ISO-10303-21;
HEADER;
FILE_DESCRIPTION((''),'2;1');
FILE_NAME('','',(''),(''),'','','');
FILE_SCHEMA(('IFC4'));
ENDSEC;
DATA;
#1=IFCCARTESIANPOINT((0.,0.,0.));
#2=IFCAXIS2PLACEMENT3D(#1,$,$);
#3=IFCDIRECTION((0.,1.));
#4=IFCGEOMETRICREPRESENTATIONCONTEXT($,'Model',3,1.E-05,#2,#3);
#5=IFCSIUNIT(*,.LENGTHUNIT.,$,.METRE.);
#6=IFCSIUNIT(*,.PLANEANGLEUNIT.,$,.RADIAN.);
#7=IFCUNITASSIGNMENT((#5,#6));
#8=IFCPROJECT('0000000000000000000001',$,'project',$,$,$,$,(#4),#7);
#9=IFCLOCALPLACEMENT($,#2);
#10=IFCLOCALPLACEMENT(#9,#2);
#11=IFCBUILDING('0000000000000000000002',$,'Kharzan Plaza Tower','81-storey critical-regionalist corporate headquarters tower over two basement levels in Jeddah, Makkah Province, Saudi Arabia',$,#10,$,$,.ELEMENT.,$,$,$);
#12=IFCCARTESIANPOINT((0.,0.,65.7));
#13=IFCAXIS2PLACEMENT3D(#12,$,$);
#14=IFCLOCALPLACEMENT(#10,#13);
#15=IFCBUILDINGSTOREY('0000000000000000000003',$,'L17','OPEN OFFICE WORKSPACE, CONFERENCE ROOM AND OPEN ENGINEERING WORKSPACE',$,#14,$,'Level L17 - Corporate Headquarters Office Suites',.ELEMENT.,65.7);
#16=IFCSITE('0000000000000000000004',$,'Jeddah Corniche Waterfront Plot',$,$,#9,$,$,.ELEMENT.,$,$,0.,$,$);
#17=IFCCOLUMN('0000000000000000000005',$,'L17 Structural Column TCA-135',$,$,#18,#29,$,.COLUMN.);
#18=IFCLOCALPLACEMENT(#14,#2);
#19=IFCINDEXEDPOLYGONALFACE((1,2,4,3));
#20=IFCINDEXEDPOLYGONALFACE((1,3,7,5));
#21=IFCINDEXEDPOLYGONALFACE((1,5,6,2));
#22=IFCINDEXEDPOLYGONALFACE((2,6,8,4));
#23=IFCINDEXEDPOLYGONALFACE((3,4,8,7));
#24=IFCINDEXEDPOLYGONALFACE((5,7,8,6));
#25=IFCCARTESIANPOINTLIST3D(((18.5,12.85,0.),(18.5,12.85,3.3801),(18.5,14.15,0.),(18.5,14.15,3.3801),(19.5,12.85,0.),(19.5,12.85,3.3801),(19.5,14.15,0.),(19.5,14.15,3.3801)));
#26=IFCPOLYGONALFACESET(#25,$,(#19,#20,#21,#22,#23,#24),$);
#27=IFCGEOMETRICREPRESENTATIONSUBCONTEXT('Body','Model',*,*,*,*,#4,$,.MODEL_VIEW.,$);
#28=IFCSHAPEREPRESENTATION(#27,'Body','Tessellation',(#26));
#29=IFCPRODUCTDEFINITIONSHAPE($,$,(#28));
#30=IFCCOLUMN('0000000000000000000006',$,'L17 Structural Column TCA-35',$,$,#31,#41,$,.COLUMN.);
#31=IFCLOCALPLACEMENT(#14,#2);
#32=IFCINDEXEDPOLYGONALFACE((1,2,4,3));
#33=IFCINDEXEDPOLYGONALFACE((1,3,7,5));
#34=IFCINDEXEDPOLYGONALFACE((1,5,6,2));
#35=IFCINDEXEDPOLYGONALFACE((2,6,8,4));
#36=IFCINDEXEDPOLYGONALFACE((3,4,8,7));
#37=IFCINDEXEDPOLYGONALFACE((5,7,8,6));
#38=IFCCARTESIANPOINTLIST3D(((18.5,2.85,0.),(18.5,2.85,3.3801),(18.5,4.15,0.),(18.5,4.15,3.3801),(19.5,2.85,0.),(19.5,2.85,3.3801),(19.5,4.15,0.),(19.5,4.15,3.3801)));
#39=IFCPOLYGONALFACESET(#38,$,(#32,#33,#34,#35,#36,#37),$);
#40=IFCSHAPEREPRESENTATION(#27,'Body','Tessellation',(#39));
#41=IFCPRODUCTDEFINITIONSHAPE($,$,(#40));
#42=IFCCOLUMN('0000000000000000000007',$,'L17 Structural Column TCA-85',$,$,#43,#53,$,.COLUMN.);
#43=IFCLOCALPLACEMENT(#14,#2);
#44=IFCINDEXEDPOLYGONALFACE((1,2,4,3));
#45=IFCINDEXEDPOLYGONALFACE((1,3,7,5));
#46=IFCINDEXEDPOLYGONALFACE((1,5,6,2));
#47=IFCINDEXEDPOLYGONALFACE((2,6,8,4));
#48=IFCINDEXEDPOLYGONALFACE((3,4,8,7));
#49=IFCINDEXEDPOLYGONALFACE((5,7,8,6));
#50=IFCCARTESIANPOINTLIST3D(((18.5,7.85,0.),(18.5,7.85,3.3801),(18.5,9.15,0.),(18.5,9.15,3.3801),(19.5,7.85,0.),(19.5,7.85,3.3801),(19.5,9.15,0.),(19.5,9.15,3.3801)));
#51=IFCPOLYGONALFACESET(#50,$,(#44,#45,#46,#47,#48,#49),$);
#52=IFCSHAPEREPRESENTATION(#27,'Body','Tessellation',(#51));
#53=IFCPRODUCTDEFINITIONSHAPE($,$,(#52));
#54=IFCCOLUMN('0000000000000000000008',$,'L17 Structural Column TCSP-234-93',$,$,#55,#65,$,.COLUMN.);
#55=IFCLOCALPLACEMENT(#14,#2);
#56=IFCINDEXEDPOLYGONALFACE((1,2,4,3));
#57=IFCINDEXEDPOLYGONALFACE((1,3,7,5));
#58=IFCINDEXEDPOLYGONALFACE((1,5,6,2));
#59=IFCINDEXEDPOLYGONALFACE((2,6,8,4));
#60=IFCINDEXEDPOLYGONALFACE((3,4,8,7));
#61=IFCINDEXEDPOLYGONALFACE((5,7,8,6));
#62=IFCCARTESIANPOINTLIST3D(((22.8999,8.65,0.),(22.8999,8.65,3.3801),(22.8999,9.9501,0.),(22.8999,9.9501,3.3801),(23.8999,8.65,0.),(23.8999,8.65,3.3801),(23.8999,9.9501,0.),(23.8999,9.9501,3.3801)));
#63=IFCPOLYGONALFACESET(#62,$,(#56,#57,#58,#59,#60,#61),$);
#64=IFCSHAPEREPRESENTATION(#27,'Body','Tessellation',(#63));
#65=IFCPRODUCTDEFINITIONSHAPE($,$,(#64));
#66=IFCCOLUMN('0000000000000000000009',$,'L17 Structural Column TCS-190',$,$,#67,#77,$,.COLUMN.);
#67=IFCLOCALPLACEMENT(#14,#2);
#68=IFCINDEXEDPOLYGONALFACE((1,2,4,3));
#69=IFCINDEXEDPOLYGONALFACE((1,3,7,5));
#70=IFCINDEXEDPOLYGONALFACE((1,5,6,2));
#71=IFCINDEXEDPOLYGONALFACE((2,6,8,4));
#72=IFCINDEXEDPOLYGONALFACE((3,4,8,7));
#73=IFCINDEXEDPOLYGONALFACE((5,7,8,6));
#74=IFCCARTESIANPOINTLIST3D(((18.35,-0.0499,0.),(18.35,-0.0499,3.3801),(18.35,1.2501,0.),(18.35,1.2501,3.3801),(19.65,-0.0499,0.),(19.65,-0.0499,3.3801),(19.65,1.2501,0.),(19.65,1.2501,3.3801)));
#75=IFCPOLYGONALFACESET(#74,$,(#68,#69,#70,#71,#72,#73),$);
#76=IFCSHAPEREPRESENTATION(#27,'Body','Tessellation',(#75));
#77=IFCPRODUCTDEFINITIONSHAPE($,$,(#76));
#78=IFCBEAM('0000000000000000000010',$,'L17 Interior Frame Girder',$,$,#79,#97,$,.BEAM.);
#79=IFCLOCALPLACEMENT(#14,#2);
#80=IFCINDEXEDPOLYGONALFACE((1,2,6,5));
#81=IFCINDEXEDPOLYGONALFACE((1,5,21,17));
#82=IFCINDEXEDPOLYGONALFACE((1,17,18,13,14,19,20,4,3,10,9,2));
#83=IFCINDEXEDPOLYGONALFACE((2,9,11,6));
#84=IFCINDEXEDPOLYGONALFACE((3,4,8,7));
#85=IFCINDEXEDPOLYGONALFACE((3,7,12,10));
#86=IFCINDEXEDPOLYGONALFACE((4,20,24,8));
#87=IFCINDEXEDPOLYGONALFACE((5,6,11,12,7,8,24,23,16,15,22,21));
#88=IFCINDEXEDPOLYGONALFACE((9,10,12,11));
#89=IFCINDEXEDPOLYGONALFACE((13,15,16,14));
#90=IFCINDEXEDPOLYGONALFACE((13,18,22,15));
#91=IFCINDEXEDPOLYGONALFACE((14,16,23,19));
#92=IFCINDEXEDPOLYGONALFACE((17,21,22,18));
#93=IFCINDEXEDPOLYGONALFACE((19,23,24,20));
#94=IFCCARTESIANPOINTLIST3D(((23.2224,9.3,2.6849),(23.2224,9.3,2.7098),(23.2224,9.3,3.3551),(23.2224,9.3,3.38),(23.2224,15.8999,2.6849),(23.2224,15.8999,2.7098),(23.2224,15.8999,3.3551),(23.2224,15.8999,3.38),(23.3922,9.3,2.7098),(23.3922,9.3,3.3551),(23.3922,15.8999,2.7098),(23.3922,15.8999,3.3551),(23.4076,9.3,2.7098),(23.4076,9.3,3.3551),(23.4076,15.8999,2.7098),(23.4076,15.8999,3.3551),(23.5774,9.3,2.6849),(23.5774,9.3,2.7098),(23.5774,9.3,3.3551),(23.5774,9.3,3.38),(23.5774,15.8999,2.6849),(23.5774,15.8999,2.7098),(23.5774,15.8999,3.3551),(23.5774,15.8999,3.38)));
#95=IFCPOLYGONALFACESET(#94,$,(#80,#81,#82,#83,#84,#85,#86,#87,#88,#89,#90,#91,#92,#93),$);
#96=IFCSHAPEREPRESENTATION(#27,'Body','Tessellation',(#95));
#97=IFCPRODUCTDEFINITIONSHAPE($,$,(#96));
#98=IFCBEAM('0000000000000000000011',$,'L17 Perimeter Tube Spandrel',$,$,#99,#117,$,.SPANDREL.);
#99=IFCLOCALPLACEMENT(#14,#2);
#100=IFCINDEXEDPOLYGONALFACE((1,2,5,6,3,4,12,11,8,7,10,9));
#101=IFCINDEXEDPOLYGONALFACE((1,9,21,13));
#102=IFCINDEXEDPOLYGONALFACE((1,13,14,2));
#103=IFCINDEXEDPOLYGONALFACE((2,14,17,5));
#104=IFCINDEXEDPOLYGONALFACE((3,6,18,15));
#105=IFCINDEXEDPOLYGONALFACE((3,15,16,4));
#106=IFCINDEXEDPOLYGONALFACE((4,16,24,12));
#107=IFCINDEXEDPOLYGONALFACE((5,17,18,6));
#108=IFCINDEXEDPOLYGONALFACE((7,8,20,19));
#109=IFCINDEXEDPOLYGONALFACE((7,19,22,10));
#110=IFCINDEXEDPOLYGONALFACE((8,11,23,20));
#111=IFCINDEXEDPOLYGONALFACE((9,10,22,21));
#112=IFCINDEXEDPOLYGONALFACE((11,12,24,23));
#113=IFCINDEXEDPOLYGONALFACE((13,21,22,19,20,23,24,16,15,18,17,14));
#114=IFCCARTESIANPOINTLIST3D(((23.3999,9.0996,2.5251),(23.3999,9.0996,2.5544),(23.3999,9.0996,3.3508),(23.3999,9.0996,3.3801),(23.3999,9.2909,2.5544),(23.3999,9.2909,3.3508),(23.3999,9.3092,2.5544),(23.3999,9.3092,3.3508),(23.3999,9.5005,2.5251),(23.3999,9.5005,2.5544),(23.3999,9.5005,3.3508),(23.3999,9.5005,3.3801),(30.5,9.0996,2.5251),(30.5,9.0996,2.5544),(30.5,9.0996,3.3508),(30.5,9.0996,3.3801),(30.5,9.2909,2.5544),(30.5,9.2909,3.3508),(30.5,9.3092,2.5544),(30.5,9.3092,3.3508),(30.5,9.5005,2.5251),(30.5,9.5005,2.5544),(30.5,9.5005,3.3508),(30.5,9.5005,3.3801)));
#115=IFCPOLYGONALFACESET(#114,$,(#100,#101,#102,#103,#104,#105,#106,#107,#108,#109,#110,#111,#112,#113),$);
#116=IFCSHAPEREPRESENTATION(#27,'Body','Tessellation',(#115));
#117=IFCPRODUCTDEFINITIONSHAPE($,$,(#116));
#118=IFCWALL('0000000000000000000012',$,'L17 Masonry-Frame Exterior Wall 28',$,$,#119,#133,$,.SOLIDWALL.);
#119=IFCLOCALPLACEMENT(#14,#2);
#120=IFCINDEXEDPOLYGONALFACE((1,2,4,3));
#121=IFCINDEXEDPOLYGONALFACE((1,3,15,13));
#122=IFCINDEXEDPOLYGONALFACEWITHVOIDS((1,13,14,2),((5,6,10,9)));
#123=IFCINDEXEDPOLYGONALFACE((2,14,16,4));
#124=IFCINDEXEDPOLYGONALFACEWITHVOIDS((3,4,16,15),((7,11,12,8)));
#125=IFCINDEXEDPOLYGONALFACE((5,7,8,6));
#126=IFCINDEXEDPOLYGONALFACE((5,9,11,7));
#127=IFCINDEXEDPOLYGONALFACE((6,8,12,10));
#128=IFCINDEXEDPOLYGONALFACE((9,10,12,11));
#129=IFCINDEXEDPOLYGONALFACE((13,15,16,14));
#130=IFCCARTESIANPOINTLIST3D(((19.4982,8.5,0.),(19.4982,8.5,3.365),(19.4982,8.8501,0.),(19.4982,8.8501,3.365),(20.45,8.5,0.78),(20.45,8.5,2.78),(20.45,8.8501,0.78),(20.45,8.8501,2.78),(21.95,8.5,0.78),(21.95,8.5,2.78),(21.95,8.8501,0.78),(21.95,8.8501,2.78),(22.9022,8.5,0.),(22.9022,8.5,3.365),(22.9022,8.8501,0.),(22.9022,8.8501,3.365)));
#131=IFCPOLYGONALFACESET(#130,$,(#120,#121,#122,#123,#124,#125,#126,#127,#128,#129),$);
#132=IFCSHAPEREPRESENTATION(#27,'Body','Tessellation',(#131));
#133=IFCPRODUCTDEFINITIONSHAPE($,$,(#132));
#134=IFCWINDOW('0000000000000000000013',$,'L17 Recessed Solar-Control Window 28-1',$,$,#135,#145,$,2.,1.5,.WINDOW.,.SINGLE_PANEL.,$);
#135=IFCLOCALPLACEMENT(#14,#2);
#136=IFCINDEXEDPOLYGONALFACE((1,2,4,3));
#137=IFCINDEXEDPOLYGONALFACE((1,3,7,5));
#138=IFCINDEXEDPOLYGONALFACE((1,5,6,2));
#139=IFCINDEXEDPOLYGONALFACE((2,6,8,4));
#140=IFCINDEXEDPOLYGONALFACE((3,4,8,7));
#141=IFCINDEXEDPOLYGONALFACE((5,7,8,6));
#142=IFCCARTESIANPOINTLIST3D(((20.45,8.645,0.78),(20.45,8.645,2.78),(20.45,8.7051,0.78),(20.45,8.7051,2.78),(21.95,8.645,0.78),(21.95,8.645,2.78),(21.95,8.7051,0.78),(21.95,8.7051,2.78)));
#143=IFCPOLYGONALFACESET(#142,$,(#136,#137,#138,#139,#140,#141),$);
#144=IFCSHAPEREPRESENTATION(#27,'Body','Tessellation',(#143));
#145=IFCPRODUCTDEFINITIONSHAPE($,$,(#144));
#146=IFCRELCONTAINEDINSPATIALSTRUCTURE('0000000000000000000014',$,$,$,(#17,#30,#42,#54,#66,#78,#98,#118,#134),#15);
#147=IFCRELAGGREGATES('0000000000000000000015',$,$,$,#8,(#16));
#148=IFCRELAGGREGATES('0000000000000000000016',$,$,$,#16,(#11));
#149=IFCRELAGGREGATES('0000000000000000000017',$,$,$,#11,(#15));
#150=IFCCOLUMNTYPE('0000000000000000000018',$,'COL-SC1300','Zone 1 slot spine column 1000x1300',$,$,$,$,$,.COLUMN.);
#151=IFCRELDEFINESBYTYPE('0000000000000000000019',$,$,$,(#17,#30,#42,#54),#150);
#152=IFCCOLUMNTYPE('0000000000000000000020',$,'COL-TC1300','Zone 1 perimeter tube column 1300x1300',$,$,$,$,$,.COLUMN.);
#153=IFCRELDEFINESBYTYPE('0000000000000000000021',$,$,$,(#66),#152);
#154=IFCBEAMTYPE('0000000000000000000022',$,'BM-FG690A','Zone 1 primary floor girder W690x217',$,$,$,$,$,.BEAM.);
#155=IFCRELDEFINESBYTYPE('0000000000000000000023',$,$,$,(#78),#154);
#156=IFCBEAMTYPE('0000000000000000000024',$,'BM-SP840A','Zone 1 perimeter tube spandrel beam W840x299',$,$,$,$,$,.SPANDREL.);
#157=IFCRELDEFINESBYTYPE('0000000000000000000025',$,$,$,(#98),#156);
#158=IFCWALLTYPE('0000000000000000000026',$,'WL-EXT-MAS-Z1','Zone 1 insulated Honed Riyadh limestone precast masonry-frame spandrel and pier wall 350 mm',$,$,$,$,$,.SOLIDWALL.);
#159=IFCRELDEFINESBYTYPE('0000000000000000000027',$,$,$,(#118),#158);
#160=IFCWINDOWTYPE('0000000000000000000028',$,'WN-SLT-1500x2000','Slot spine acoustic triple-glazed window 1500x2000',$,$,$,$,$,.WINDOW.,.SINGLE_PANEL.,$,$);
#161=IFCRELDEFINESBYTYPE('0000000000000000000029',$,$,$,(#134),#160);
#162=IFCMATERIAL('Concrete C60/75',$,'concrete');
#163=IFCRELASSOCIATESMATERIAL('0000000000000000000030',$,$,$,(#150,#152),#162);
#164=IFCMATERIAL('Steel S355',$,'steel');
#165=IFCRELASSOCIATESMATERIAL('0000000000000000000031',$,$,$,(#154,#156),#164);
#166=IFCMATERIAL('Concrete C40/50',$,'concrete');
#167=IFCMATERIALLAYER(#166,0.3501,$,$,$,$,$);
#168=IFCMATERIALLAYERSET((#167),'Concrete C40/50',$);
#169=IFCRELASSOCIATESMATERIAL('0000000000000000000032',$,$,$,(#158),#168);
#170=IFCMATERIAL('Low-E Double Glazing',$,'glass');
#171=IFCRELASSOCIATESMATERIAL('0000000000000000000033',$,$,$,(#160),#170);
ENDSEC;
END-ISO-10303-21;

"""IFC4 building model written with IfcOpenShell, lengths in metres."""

from ifc_helpers import new_model, si_unit, direction, frame, frame_2d, origin, origin_2d, place, context, subcontext, project, spatial, rectangle, i_section, extrude, source, transform, mapped, material, layer, layer_set, material_profile, profile_set, type_object, element, fill, save


model = new_model("IFC4")

# Units and contexts
model_context = context("Model", 3, precision=1e-05, world=origin(), true_north=direction((0.0, 1.0)))
body_context = subcontext(model_context, "Body", "Model", "MODEL_VIEW")
ifc_project = project(units=[si_unit("LENGTHUNIT", "METRE"), si_unit("PLANEANGLEUNIT", "RADIAN")], contexts=[model_context])

# Site, building, storey
site_placement = place(None, origin())
site = spatial("IfcSite", under=ifc_project, at=site_placement, Name="Jeddah Corniche Waterfront Plot", CompositionType="ELEMENT", RefElevation=0.0)
building_placement = place(site_placement, origin())
building = spatial("IfcBuilding", under=site, at=building_placement, Name="Kharzan Plaza Tower", Description="81-storey critical-regionalist corporate headquarters tower over two basement levels in Jeddah, Makkah Province, Saudi Arabia", CompositionType="ELEMENT")
storey_placement = place(building_placement, frame((0.0, 0.0, 65.7)))
storey = spatial("IfcBuildingStorey", under=building, at=storey_placement, Name="L17", Description="OPEN OFFICE WORKSPACE, CONFERENCE ROOM AND OPEN ENGINEERING WORKSPACE", LongName="Level L17 - Corporate Headquarters Office Suites", CompositionType="ELEMENT", Elevation=65.7)

# Columns
ifc_material_1 = material(Name="Concrete C60/75", Category="concrete")
ifc_material_profile_1 = material_profile(ifc_material_1, rectangle(XDim=1.0, YDim=1.3, at=origin_2d()), Name="RC-SC1300x1000")
ifc_profile_set_1 = profile_set([ifc_material_profile_1], Name="Concrete C60/75")
column_type_1 = type_object("IfcColumnType", Name="COL-SC1300", Description="Zone 1 slot spine column 1000x1300", PredefinedType="COLUMN", material=ifc_profile_set_1)
shared_shape_1 = source(origin(), body_context, "Body", "SweptSolid", [
    extrude(rectangle(XDim=1.0, YDim=1.3, at=origin_2d()), origin(), (0.0, 0.0, 1.0), 3.3801),
])
for number, where, z_axis, x_axis, name in (
    (1, (19.0, 13.5, 0.0), (0.0, 0.0, 1.0), (1.0, 0.0, 0.0), "L17 Structural Column TCA-135"),
    (2, (19.0, 3.5, 0.0), (0.0, 0.0, 1.0), (1.0, 0.0, 0.0), "L17 Structural Column TCA-35"),
    (3, (19.0, 8.5, 0.0), (0.0, 0.0, 1.0), (1.0, 0.0, 0.0), "L17 Structural Column TCA-85"),
    (4, (23.3999, 9.3, 0.0), (0.0, 0.0, 1.0), (1.0, 0.0, 0.0), "L17 Structural Column TCSP-234-93"),
):
    element("IfcColumn", number, at=place(storey_placement, frame(where, z_axis=z_axis, x_axis=x_axis)), inside=storey, type_object=column_type_1, Name=name, PredefinedType="COLUMN", context=body_context, shape_type="MappedRepresentation", body=[
        mapped(shared_shape_1, transform((0.0, 0.0, 0.0), x_axis=(1.0, 0.0, 0.0), y_axis=(0.0, 1.0, 0.0), z_axis=(0.0, 0.0, 1.0))),
    ])
ifc_material_profile_2 = material_profile(ifc_material_1, rectangle(XDim=1.3, YDim=1.3, at=origin_2d()), Name="RC-TC1300x1300")
ifc_profile_set_2 = profile_set([ifc_material_profile_2], Name="Concrete C60/75")
column_type_2 = type_object("IfcColumnType", Name="COL-TC1300", Description="Zone 1 perimeter tube column 1300x1300", PredefinedType="COLUMN", material=ifc_profile_set_2)
shared_shape_2 = source(origin(), body_context, "Body", "SweptSolid", [
    extrude(rectangle(XDim=1.3, YDim=1.3, at=origin_2d()), origin(), (0.0, 0.0, 1.0), 3.3801),
])
column_placement = place(storey_placement, frame((19.0, 0.6001, 0.0), z_axis=(0.0, 0.0, 1.0), x_axis=(1.0, 0.0, 0.0)))
element("IfcColumn", 5, at=column_placement, inside=storey, type_object=column_type_2, Name="L17 Structural Column TCS-190", PredefinedType="COLUMN", context=body_context, shape_type="MappedRepresentation", body=[
    mapped(shared_shape_2, transform((0.0, 0.0, 0.0), x_axis=(1.0, 0.0, 0.0), y_axis=(0.0, 1.0, 0.0), z_axis=(0.0, 0.0, 1.0))),
])

# Beams
ifc_material_2 = material(Name="Steel S355", Category="steel")
ifc_material_profile_3 = material_profile(ifc_material_2, i_section(OverallWidth=0.355, OverallDepth=0.6951, WebThickness=0.0154, FlangeThickness=0.0249, at=origin_2d()), Name="W690x217")
ifc_profile_set_3 = profile_set([ifc_material_profile_3], Name="Steel S355")
beam_type_1 = type_object("IfcBeamType", Name="BM-FG690A", Description="Zone 1 primary floor girder W690x217", PredefinedType="BEAM", material=ifc_profile_set_3)
shared_shape_3 = source(origin(), body_context, "Body", "SweptSolid", [
    extrude(i_section(OverallWidth=0.355, OverallDepth=0.6951, WebThickness=0.0154, FlangeThickness=0.0249, at=origin_2d()), origin(), (0.0, 0.0, 1.0), 6.5999),
])
beam_1_placement = place(storey_placement, frame((23.3999, 9.3, 3.0325), z_axis=(0.0, 1.0, 0.0), x_axis=(-1.0, 0.0, 0.0)))
element("IfcBeam", 6, at=beam_1_placement, inside=storey, type_object=beam_type_1, Name="L17 Interior Frame Girder", PredefinedType="BEAM", context=body_context, shape_type="MappedRepresentation", body=[
    mapped(shared_shape_3, transform((0.0, 0.0, 0.0), x_axis=(1.0, 0.0, 0.0), y_axis=(0.0, 1.0, 0.0), z_axis=(0.0, 0.0, 1.0))),
])
ifc_material_profile_4 = material_profile(ifc_material_2, i_section(OverallWidth=0.4009, OverallDepth=0.855, WebThickness=0.0183, FlangeThickness=0.0293, at=origin_2d()), Name="W840x299")
ifc_profile_set_4 = profile_set([ifc_material_profile_4], Name="Steel S355")
beam_type_2 = type_object("IfcBeamType", Name="BM-SP840A", Description="Zone 1 perimeter tube spandrel beam W840x299", PredefinedType="SPANDREL", material=ifc_profile_set_4)
shared_shape_4 = source(origin(), body_context, "Body", "SweptSolid", [
    extrude(i_section(OverallWidth=0.4009, OverallDepth=0.855, WebThickness=0.0183, FlangeThickness=0.0293, at=origin_2d()), origin(), (0.0, 0.0, 1.0), 7.1001),
])
beam_2_placement = place(storey_placement, frame((23.3999, 9.3, 2.9526), z_axis=(1.0, 0.0, 0.0), x_axis=(0.0, 1.0, 0.0)))
element("IfcBeam", 7, at=beam_2_placement, inside=storey, type_object=beam_type_2, Name="L17 Perimeter Tube Spandrel", PredefinedType="SPANDREL", context=body_context, shape_type="MappedRepresentation", body=[
    mapped(shared_shape_4, transform((0.0, 0.0, 0.0), x_axis=(1.0, 0.0, 0.0), y_axis=(0.0, 1.0, 0.0), z_axis=(0.0, 0.0, 1.0))),
])

# Wall, opening, window
ifc_material_3 = material(Name="Concrete C40/50", Category="concrete")
ifc_layer_1 = layer(ifc_material_3, 0.3501)
ifc_layer_set_1 = layer_set([ifc_layer_1], Name="Concrete C40/50")
wall_type_1 = type_object("IfcWallType", Name="WL-EXT-MAS-Z1", Description="Zone 1 insulated Honed Riyadh limestone precast masonry-frame spandrel and pier wall 350 mm", PredefinedType="SOLIDWALL", material=ifc_layer_set_1)
wall_1_placement = place(storey_placement, frame((19.498, 8.675, 0.0), z_axis=(0.0, 0.0, 1.0), x_axis=(1.0, 0.0, 0.0)))
wall_1 = element("IfcWall", 8, at=wall_1_placement, inside=storey, type_object=wall_type_1, Name="L17 Masonry-Frame Exterior Wall 28", PredefinedType="SOLIDWALL", context=body_context, shape_type="SweptSolid", body=[
    extrude(rectangle(XDim=3.4041, YDim=0.3501, at=frame_2d((1.7021, 0.0))), origin(), (0.0, 0.0, 1.0), 3.365),
])
opening_1_placement = place(wall_1_placement, frame((0.9519, 0.0, 0.78)))
opening_1 = element("IfcOpeningElement", 9, at=opening_1_placement, cuts=wall_1, PredefinedType="OPENING", context=body_context, shape_type="SweptSolid", body=[
    extrude(rectangle(XDim=1.5, YDim=2.0, at=frame_2d((0.75, 1.0))), frame((0.0, 0.1851, 0.0), z_axis=(0.0, -1.0, 0.0), x_axis=(1.0, 0.0, 0.0)), (0.0, 0.0, 1.0), 0.3701),
])
ifc_material_4 = material(Name="Low-E Double Glazing", Category="glass")
window_type = type_object("IfcWindowType", Name="WN-SLT-1500x2000", Description="Slot spine acoustic triple-glazed window 1500x2000", PartitioningType="SINGLE_PANEL", PredefinedType="WINDOW", material=ifc_material_4)
shared_shape_5 = source(origin(), body_context, "Body", "SweptSolid", [
    extrude(rectangle(XDim=1.5, YDim=2.0, at=frame_2d((0.75, 1.0))), frame((0.0, 0.03, 0.0), z_axis=(0.0, -1.0, 0.0), x_axis=(1.0, 0.0, 0.0)), (0.0, 0.0, 1.0), 0.0601),
])
window_1_placement = place(opening_1_placement, origin())
window_1 = element("IfcWindow", 10, at=window_1_placement, inside=storey, type_object=window_type, Name="L17 Recessed Solar-Control Window 28-1", OverallHeight=2.0, OverallWidth=1.5, PartitioningType="SINGLE_PANEL", PredefinedType="WINDOW", context=body_context, shape_type="MappedRepresentation", body=[
    mapped(shared_shape_5, transform((0.0, 0.0, 0.0), x_axis=(1.0, 0.0, 0.0), y_axis=(0.0, 1.0, 0.0), z_axis=(0.0, 0.0, 1.0))),
])
fill(opening_1, window_1)

save(model, "model.ifc")
